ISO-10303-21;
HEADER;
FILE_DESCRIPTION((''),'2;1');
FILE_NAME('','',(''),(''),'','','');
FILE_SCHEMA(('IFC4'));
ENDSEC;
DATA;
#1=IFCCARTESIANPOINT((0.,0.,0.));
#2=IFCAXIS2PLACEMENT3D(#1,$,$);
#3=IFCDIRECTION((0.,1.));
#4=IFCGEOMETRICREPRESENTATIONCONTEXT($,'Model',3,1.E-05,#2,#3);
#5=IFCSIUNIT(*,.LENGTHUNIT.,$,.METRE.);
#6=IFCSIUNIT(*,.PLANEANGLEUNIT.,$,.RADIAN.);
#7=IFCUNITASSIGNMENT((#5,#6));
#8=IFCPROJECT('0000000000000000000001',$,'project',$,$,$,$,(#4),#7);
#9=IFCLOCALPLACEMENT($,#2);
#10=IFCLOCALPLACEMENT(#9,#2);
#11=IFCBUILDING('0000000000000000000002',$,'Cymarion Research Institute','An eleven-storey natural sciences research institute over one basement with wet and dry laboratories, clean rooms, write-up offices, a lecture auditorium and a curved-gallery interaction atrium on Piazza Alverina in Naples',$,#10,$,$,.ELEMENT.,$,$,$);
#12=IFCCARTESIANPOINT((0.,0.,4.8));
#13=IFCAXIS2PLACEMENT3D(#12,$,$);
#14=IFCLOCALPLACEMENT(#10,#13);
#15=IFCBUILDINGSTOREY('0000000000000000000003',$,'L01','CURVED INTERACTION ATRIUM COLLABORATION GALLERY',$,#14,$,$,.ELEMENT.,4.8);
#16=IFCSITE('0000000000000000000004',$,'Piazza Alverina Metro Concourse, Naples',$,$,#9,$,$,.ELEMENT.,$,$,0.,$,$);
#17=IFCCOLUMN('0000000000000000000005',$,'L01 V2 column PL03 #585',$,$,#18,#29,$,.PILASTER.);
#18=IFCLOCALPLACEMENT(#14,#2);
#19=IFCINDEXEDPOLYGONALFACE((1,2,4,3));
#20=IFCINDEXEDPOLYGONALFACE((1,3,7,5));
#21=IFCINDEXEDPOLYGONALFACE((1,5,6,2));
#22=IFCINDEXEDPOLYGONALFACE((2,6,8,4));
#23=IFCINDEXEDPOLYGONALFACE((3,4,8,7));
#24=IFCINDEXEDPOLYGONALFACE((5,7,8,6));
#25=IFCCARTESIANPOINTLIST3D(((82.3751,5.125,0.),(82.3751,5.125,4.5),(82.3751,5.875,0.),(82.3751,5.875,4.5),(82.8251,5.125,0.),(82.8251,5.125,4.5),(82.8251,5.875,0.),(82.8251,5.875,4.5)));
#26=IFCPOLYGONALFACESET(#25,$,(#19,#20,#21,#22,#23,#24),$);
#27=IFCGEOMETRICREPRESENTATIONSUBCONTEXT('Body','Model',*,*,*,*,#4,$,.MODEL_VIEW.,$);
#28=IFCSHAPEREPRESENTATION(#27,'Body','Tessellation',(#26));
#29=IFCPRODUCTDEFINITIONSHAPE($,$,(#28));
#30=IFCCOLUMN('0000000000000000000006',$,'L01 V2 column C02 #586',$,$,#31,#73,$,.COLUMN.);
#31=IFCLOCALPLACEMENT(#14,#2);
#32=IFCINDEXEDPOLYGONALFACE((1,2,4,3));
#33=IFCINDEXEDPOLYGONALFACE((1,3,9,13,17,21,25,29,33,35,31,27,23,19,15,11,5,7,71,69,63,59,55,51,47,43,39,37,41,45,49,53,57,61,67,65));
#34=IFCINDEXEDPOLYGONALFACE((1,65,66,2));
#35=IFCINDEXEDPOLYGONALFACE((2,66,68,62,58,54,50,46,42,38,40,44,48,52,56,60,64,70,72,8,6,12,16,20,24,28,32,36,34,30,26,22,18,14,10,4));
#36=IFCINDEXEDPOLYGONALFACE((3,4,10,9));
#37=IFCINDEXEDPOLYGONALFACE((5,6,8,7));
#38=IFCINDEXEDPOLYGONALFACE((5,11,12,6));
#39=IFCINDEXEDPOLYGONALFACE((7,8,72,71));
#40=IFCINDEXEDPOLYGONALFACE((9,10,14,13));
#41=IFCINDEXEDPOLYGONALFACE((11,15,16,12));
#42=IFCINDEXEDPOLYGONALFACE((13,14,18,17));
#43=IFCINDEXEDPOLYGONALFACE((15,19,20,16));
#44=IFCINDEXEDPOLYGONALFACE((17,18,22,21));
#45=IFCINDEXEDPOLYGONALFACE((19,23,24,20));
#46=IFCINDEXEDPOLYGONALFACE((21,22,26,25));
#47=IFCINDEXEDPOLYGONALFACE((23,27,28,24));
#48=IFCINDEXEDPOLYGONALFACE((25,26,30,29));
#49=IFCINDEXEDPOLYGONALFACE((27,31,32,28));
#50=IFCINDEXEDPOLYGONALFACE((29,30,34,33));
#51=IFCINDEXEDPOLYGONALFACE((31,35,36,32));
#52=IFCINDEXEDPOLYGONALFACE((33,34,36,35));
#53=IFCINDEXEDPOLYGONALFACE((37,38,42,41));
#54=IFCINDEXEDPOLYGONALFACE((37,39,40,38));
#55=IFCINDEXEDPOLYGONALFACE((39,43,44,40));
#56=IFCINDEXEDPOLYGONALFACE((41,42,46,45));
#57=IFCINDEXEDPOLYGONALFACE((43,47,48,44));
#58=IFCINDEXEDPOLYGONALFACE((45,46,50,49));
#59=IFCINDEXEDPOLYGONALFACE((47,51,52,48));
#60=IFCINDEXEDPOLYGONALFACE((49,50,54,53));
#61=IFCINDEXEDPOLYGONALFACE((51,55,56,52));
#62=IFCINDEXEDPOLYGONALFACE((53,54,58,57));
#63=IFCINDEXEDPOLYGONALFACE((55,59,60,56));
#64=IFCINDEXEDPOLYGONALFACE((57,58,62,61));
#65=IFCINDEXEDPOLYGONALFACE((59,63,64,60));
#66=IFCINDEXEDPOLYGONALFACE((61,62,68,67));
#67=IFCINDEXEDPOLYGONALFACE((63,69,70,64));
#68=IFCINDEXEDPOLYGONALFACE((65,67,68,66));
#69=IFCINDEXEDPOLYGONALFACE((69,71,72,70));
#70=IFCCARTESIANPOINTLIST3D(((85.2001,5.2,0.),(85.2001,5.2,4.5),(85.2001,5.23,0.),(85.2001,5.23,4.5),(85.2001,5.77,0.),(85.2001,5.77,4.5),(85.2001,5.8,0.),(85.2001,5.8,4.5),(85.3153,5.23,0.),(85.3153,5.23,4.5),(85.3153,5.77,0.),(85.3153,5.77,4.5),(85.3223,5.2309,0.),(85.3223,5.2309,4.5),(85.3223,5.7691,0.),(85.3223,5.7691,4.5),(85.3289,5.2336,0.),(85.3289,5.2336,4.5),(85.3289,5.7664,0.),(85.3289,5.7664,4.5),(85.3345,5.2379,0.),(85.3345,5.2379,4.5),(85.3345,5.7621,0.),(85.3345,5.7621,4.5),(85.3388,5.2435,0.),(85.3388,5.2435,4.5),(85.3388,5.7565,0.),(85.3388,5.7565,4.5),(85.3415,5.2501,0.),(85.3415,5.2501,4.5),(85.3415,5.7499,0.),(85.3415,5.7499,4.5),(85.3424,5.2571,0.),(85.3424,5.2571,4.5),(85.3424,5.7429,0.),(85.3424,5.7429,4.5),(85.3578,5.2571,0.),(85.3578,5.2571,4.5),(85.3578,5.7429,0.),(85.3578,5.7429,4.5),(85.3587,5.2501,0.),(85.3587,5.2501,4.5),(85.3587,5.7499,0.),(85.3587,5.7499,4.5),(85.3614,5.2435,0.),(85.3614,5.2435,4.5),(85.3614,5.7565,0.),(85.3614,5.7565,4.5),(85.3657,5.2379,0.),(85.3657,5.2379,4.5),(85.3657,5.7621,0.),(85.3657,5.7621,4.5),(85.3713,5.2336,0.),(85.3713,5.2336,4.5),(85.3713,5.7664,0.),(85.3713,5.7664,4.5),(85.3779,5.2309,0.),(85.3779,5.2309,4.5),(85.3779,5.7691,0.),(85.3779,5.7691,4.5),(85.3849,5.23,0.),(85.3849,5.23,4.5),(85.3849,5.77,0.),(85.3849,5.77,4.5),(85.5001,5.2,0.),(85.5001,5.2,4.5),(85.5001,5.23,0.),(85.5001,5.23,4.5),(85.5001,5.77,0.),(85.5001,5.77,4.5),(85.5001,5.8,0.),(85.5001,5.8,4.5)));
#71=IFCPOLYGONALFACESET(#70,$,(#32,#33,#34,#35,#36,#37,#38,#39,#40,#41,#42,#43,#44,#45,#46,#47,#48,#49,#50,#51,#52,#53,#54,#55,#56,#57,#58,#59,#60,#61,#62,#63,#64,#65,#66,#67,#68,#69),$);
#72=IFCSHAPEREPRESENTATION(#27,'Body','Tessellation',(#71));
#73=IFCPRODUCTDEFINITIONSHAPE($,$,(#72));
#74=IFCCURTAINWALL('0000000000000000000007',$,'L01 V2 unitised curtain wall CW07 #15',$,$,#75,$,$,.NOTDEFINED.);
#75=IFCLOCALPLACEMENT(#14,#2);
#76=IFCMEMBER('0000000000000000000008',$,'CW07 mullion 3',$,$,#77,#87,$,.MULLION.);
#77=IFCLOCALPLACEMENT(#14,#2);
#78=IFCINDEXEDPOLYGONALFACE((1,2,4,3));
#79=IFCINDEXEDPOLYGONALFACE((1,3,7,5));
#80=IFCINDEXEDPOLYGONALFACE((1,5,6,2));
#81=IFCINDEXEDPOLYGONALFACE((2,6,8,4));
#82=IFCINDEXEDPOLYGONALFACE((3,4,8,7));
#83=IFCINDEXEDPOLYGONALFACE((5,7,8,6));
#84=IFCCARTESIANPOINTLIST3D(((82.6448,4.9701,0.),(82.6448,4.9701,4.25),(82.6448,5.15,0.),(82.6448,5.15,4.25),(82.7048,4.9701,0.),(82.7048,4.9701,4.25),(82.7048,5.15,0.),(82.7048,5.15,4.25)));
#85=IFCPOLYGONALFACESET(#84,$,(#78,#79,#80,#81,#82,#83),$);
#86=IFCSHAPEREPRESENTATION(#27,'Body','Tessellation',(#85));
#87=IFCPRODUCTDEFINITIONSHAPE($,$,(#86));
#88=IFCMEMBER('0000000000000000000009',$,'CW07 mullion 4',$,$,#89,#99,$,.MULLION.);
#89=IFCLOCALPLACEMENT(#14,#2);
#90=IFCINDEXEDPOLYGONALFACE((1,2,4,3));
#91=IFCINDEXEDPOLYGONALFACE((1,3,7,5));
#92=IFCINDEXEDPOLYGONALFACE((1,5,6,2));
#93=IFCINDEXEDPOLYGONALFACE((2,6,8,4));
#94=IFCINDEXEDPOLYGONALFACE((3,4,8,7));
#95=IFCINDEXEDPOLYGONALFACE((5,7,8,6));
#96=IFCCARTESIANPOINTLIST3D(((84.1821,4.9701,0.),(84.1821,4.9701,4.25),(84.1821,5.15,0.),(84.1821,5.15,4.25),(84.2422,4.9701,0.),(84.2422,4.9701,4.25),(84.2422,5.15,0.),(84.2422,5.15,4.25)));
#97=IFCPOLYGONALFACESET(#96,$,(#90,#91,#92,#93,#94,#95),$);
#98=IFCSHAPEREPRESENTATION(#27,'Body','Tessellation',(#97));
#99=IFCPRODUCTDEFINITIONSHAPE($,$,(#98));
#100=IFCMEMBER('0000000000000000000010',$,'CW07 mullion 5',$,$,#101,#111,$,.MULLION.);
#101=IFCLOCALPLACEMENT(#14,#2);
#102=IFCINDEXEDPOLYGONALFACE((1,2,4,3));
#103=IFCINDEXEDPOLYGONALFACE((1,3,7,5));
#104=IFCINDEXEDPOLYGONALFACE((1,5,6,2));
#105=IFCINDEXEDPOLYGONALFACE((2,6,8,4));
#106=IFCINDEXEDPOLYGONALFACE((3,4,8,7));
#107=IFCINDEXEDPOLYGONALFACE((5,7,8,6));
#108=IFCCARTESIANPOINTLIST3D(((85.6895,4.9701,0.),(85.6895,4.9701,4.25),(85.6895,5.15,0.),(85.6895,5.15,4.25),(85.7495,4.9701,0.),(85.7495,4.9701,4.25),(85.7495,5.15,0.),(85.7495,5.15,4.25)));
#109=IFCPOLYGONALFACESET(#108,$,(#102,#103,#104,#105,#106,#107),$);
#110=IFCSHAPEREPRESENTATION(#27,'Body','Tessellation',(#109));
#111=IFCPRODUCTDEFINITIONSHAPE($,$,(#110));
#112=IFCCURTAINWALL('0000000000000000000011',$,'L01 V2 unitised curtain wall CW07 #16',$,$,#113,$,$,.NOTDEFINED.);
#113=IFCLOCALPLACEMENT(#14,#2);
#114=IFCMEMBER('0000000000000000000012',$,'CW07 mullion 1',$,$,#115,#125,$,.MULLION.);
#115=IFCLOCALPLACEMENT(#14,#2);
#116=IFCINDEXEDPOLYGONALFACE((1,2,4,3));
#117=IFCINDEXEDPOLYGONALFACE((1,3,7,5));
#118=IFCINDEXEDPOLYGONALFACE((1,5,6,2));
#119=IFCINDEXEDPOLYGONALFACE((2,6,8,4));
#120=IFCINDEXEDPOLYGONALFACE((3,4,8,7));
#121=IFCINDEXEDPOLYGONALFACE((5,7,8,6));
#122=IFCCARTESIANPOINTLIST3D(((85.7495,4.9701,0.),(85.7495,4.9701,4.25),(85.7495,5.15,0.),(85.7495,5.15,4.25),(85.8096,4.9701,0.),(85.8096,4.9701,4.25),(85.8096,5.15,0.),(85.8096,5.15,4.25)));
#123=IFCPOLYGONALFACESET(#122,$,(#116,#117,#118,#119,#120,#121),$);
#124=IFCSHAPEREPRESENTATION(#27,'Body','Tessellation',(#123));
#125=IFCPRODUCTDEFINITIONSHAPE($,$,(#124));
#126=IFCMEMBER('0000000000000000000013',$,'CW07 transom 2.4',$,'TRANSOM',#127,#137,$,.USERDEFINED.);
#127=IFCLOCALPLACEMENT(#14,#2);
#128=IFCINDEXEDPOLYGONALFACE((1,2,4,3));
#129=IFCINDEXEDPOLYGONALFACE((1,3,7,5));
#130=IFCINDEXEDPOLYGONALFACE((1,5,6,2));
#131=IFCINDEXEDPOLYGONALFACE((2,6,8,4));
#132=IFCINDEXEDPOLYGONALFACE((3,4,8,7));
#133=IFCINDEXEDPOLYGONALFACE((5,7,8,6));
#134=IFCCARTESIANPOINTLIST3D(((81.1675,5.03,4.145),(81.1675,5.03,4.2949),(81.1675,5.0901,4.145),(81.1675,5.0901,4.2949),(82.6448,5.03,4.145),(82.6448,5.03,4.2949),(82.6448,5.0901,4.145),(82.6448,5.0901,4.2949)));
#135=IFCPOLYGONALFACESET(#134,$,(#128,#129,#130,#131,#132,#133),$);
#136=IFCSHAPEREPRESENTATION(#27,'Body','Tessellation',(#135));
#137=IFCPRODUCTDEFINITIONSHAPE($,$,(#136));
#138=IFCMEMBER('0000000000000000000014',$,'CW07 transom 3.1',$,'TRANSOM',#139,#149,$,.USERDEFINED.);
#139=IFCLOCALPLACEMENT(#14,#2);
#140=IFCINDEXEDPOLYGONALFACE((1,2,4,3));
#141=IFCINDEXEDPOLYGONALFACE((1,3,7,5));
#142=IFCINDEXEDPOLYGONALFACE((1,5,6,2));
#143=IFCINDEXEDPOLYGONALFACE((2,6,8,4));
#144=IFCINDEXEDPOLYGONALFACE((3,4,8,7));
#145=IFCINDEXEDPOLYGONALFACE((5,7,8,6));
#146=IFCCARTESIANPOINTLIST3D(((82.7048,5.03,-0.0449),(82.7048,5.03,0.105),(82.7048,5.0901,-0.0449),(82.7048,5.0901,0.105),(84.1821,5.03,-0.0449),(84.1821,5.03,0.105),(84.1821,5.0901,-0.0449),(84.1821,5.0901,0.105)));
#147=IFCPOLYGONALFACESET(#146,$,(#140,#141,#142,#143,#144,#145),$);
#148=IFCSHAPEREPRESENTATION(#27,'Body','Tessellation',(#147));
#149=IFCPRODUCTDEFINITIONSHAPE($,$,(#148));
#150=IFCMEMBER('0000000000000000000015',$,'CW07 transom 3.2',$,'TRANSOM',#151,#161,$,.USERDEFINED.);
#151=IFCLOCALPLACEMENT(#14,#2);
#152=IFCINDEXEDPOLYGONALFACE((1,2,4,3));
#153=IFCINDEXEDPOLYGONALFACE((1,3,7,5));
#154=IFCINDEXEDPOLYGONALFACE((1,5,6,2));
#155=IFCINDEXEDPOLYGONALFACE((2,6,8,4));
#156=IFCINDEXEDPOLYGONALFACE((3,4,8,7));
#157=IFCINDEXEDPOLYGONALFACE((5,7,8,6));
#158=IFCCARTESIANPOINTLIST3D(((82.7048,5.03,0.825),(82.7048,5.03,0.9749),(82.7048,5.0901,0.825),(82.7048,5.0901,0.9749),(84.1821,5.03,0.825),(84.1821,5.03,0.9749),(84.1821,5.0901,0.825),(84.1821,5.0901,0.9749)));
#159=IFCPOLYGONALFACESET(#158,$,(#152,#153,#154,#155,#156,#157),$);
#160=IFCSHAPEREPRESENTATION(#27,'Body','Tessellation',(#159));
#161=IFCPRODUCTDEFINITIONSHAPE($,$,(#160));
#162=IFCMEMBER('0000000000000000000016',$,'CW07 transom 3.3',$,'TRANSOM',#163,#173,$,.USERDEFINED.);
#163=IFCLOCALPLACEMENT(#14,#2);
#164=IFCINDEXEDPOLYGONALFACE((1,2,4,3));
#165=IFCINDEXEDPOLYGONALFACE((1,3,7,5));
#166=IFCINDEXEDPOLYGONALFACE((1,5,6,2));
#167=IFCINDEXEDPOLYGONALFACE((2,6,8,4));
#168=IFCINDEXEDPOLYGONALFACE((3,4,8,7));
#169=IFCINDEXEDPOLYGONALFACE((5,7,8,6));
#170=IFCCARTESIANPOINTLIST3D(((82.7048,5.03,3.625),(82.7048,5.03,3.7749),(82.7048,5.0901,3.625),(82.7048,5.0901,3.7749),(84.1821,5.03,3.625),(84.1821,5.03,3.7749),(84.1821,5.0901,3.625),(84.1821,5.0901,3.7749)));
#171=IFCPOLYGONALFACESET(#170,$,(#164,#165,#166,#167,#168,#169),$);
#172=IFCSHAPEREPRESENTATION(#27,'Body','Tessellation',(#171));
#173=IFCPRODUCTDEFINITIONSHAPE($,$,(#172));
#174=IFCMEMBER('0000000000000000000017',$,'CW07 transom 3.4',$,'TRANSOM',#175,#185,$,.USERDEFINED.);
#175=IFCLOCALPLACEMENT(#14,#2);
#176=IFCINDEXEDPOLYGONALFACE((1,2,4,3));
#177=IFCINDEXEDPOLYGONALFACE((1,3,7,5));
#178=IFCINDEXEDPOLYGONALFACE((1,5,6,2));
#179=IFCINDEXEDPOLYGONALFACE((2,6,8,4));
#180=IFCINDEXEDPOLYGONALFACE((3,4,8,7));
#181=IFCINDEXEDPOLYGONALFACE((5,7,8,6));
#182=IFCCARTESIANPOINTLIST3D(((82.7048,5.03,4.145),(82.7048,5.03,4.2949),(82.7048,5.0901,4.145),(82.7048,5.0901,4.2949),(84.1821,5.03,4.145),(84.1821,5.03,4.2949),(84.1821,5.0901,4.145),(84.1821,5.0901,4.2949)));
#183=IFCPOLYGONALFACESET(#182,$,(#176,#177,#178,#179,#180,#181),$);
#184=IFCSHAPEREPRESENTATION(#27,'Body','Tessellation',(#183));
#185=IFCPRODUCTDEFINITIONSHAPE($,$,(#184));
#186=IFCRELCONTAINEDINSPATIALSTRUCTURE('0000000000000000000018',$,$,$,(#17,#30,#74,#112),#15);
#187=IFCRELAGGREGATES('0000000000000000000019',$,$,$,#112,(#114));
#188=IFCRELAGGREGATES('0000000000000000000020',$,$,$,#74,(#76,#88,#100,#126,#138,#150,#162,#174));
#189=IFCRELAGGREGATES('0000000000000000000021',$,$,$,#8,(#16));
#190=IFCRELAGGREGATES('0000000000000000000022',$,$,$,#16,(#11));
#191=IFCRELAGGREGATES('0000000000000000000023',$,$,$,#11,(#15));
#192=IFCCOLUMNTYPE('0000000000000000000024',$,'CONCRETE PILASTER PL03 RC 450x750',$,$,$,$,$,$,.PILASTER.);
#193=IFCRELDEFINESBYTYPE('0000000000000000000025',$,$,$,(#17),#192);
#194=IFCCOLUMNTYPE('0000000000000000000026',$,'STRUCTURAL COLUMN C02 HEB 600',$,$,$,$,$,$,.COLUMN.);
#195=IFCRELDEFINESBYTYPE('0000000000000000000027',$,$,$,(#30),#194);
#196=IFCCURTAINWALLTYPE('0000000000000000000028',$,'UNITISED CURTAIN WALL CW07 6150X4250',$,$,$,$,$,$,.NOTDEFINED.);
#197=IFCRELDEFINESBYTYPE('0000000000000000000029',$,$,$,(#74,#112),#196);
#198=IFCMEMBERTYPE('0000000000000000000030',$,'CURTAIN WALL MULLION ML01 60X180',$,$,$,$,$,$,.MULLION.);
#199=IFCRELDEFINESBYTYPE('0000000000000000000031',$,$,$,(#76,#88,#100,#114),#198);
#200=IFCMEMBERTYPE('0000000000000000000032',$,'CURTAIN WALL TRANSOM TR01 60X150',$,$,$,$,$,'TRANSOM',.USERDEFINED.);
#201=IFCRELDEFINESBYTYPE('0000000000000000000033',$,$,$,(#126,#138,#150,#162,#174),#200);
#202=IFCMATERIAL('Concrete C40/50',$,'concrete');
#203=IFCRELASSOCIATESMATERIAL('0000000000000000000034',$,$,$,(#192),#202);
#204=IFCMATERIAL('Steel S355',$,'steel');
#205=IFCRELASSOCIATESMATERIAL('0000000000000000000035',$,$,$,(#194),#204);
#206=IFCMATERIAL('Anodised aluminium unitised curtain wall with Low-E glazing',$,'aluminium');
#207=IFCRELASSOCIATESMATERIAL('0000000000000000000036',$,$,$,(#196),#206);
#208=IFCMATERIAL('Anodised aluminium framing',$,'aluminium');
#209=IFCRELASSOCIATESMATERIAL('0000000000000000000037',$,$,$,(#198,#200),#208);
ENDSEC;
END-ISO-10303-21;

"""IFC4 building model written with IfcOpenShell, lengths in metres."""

from ifc_helpers import new_model, si_unit, direction, frame, origin, origin_2d, place, context, subcontext, project, spatial, rectangle, i_section, extrude, material, material_profile, profile_set, type_object, element, aggregate, save


model = new_model("IFC4")

# Units and contexts
model_context = context("Model", 3, precision=1e-05, world=origin(), true_north=direction((0.0, 1.0)))
body_context = subcontext(model_context, "Body", "Model", "MODEL_VIEW")
ifc_project = project(units=[si_unit("LENGTHUNIT", "METRE"), si_unit("PLANEANGLEUNIT", "RADIAN")], contexts=[model_context])

# Site, building, storey
site_placement = place(None, origin())
site = spatial("IfcSite", under=ifc_project, at=site_placement, Name="Piazza Alverina Metro Concourse, Naples", CompositionType="ELEMENT", RefElevation=0.0)
building_placement = place(site_placement, origin())
building = spatial("IfcBuilding", under=site, at=building_placement, Name="Cymarion Research Institute", Description="An eleven-storey natural sciences research institute over one basement with wet and dry laboratories, clean rooms, write-up offices, a lecture auditorium and a curved-gallery interaction atrium on Piazza Alverina in Naples", CompositionType="ELEMENT")
storey_placement = place(building_placement, frame((0.0, 0.0, 4.8)))
storey = spatial("IfcBuildingStorey", under=building, at=storey_placement, Name="L01", Description="CURVED INTERACTION ATRIUM COLLABORATION GALLERY", CompositionType="ELEMENT", Elevation=4.8)

# Columns
ifc_material_1 = material(Name="Concrete C40/50", Category="concrete")
ifc_material_profile_1 = material_profile(ifc_material_1, rectangle(XDim=0.45, YDim=0.75, at=origin_2d()), Name="RC 450x750")
ifc_profile_set_1 = profile_set([ifc_material_profile_1], Name="Concrete C40/50")
column_type_1 = type_object("IfcColumnType", Name="CONCRETE PILASTER PL03 RC 450x750", PredefinedType="PILASTER", material=ifc_profile_set_1)
column_1_placement = place(storey_placement, frame((82.6001, 5.5, 0.0), z_axis=(0.0, 0.0, 1.0), x_axis=(1.0, 0.0, 0.0)))
element("IfcColumn", 1, at=column_1_placement, inside=storey, type_object=column_type_1, Name="L01 V2 column PL03 #585", PredefinedType="PILASTER", context=body_context, shape_type="SweptSolid", body=[
    extrude(rectangle(XDim=0.45, YDim=0.75, at=origin_2d()), origin(), (0.0, 0.0, 1.0), 4.5),
])
ifc_material_2 = material(Name="Steel S355", Category="steel")
ifc_material_profile_2 = material_profile(ifc_material_2, i_section(OverallWidth=0.3, OverallDepth=0.6001, WebThickness=0.0154, FlangeThickness=0.03, FilletRadius=0.0271, at=origin_2d()), Name="HEB 600")
ifc_profile_set_2 = profile_set([ifc_material_profile_2], Name="Steel S355")
column_type_2 = type_object("IfcColumnType", Name="STRUCTURAL COLUMN C02 HEB 600", PredefinedType="COLUMN", material=ifc_profile_set_2)
column_2_placement = place(storey_placement, frame((85.3501, 5.5, 0.0), z_axis=(0.0, 0.0, 1.0), x_axis=(1.0, 0.0, 0.0)))
element("IfcColumn", 2, at=column_2_placement, inside=storey, type_object=column_type_2, Name="L01 V2 column C02 #586", PredefinedType="COLUMN", context=body_context, shape_type="SweptSolid", body=[
    extrude(i_section(OverallWidth=0.3, OverallDepth=0.6001, WebThickness=0.0154, FlangeThickness=0.03, FilletRadius=0.0271, at=origin_2d()), origin(), (0.0, 0.0, 1.0), 4.5),
])

# Curtain wall, members
ifc_material_3 = material(Name="Anodised aluminium unitised curtain wall with Low-E glazing", Category="aluminium")
curtain_wall_type = type_object("IfcCurtainWallType", Name="UNITISED CURTAIN WALL CW07 6150X4250", PredefinedType="NOTDEFINED", material=ifc_material_3)
curtain_wall_1_placement = place(storey_placement, origin())
curtain_wall_1 = element("IfcCurtainWall", 3, at=curtain_wall_1_placement, inside=storey, type_object=curtain_wall_type, Name="L01 V2 unitised curtain wall CW07 #15", PredefinedType="NOTDEFINED")
ifc_material_4 = material(Name="Anodised aluminium framing", Category="aluminium")
ifc_material_profile_3 = material_profile(ifc_material_4, rectangle(XDim=0.0601, YDim=0.1799, at=origin_2d()), Name="ALU MULLION 60x180")
ifc_profile_set_3 = profile_set([ifc_material_profile_3], Name="Anodised aluminium framing")
member_type_1 = type_object("IfcMemberType", Name="CURTAIN WALL MULLION ML01 60X180", PredefinedType="MULLION", material=ifc_profile_set_3)
member_1_placement = place(storey_placement, frame((82.6748, 5.0601, 0.0), z_axis=(0.0, 0.0, 1.0), x_axis=(1.0, 0.0, 0.0)))
member_1 = element("IfcMember", 4, at=member_1_placement, type_object=member_type_1, Name="CW07 mullion 3", PredefinedType="MULLION", context=body_context, shape_type="SweptSolid", body=[
    extrude(rectangle(XDim=0.0601, YDim=0.1799, at=origin_2d()), origin(), (0.0, 0.0, 1.0), 4.25),
])
member_2_placement = place(storey_placement, frame((84.2122, 5.0601, 0.0), z_axis=(0.0, 0.0, 1.0), x_axis=(1.0, 0.0, 0.0)))
member_2 = element("IfcMember", 5, at=member_2_placement, type_object=member_type_1, Name="CW07 mullion 4", PredefinedType="MULLION", context=body_context, shape_type="SweptSolid", body=[
    extrude(rectangle(XDim=0.0601, YDim=0.1799, at=origin_2d()), origin(), (0.0, 0.0, 1.0), 4.25),
])
member_3_placement = place(storey_placement, frame((85.7195, 5.0601, 0.0), z_axis=(0.0, 0.0, 1.0), x_axis=(1.0, 0.0, 0.0)))
member_3 = element("IfcMember", 6, at=member_3_placement, type_object=member_type_1, Name="CW07 mullion 5", PredefinedType="MULLION", context=body_context, shape_type="SweptSolid", body=[
    extrude(rectangle(XDim=0.0601, YDim=0.1799, at=origin_2d()), origin(), (0.0, 0.0, 1.0), 4.25),
])

# Curtain wall, member
curtain_wall_2_placement = place(storey_placement, origin())
curtain_wall_2 = element("IfcCurtainWall", 7, at=curtain_wall_2_placement, inside=storey, type_object=curtain_wall_type, Name="L01 V2 unitised curtain wall CW07 #16", PredefinedType="NOTDEFINED")
member_4_placement = place(storey_placement, frame((85.7795, 5.0601, 0.0), z_axis=(0.0, 0.0, 1.0), x_axis=(1.0, 0.0, 0.0)))
member_4 = element("IfcMember", 8, at=member_4_placement, type_object=member_type_1, Name="CW07 mullion 1", PredefinedType="MULLION", context=body_context, shape_type="SweptSolid", body=[
    extrude(rectangle(XDim=0.0601, YDim=0.1799, at=origin_2d()), origin(), (0.0, 0.0, 1.0), 4.25),
])

# Members
ifc_material_profile_4 = material_profile(ifc_material_4, rectangle(XDim=0.0601, YDim=0.1499, at=origin_2d()), Name="ALU TRANSOM 60x150")
ifc_profile_set_4 = profile_set([ifc_material_profile_4], Name="Anodised aluminium framing")
member_type_2 = type_object("IfcMemberType", Name="CURTAIN WALL TRANSOM TR01 60X150", ElementType="TRANSOM", PredefinedType="USERDEFINED", material=ifc_profile_set_4)
member_5_placement = place(storey_placement, frame((81.1675, 5.0601, 4.22), z_axis=(1.0, 0.0, 0.0), x_axis=(0.0, 1.0, 0.0)))
member_5 = element("IfcMember", 9, at=member_5_placement, type_object=member_type_2, Name="CW07 transom 2.4", ObjectType="TRANSOM", PredefinedType="USERDEFINED", context=body_context, shape_type="SweptSolid", body=[
    extrude(rectangle(XDim=0.0601, YDim=0.1499, at=origin_2d()), origin(), (0.0, 0.0, 1.0), 1.4773),
])
member_6_placement = place(storey_placement, frame((82.7048, 5.0601, 0.03), z_axis=(1.0, 0.0, 0.0), x_axis=(0.0, 1.0, 0.0)))
member_6 = element("IfcMember", 10, at=member_6_placement, type_object=member_type_2, Name="CW07 transom 3.1", ObjectType="TRANSOM", PredefinedType="USERDEFINED", context=body_context, shape_type="SweptSolid", body=[
    extrude(rectangle(XDim=0.0601, YDim=0.1499, at=origin_2d()), origin(), (0.0, 0.0, 1.0), 1.4773),
])
member_7_placement = place(storey_placement, frame((82.7048, 5.0601, 0.8999), z_axis=(1.0, 0.0, 0.0), x_axis=(0.0, 1.0, 0.0)))
member_7 = element("IfcMember", 11, at=member_7_placement, type_object=member_type_2, Name="CW07 transom 3.2", ObjectType="TRANSOM", PredefinedType="USERDEFINED", context=body_context, shape_type="SweptSolid", body=[
    extrude(rectangle(XDim=0.0601, YDim=0.1499, at=origin_2d()), origin(), (0.0, 0.0, 1.0), 1.4773),
])
member_8_placement = place(storey_placement, frame((82.7048, 5.0601, 3.7), z_axis=(1.0, 0.0, 0.0), x_axis=(0.0, 1.0, 0.0)))
member_8 = element("IfcMember", 12, at=member_8_placement, type_object=member_type_2, Name="CW07 transom 3.3", ObjectType="TRANSOM", PredefinedType="USERDEFINED", context=body_context, shape_type="SweptSolid", body=[
    extrude(rectangle(XDim=0.0601, YDim=0.1499, at=origin_2d()), origin(), (0.0, 0.0, 1.0), 1.4773),
])
member_9_placement = place(storey_placement, frame((82.7048, 5.0601, 4.22), z_axis=(1.0, 0.0, 0.0), x_axis=(0.0, 1.0, 0.0)))
member_9 = element("IfcMember", 13, at=member_9_placement, type_object=member_type_2, Name="CW07 transom 3.4", ObjectType="TRANSOM", PredefinedType="USERDEFINED", context=body_context, shape_type="SweptSolid", body=[
    extrude(rectangle(XDim=0.0601, YDim=0.1499, at=origin_2d()), origin(), (0.0, 0.0, 1.0), 1.4773),
])
aggregate(curtain_wall_2, [member_4])

aggregate(curtain_wall_1, [member_1, member_2, member_3, member_5, member_6, member_7, member_8, member_9])

save(model, "model.ifc")
